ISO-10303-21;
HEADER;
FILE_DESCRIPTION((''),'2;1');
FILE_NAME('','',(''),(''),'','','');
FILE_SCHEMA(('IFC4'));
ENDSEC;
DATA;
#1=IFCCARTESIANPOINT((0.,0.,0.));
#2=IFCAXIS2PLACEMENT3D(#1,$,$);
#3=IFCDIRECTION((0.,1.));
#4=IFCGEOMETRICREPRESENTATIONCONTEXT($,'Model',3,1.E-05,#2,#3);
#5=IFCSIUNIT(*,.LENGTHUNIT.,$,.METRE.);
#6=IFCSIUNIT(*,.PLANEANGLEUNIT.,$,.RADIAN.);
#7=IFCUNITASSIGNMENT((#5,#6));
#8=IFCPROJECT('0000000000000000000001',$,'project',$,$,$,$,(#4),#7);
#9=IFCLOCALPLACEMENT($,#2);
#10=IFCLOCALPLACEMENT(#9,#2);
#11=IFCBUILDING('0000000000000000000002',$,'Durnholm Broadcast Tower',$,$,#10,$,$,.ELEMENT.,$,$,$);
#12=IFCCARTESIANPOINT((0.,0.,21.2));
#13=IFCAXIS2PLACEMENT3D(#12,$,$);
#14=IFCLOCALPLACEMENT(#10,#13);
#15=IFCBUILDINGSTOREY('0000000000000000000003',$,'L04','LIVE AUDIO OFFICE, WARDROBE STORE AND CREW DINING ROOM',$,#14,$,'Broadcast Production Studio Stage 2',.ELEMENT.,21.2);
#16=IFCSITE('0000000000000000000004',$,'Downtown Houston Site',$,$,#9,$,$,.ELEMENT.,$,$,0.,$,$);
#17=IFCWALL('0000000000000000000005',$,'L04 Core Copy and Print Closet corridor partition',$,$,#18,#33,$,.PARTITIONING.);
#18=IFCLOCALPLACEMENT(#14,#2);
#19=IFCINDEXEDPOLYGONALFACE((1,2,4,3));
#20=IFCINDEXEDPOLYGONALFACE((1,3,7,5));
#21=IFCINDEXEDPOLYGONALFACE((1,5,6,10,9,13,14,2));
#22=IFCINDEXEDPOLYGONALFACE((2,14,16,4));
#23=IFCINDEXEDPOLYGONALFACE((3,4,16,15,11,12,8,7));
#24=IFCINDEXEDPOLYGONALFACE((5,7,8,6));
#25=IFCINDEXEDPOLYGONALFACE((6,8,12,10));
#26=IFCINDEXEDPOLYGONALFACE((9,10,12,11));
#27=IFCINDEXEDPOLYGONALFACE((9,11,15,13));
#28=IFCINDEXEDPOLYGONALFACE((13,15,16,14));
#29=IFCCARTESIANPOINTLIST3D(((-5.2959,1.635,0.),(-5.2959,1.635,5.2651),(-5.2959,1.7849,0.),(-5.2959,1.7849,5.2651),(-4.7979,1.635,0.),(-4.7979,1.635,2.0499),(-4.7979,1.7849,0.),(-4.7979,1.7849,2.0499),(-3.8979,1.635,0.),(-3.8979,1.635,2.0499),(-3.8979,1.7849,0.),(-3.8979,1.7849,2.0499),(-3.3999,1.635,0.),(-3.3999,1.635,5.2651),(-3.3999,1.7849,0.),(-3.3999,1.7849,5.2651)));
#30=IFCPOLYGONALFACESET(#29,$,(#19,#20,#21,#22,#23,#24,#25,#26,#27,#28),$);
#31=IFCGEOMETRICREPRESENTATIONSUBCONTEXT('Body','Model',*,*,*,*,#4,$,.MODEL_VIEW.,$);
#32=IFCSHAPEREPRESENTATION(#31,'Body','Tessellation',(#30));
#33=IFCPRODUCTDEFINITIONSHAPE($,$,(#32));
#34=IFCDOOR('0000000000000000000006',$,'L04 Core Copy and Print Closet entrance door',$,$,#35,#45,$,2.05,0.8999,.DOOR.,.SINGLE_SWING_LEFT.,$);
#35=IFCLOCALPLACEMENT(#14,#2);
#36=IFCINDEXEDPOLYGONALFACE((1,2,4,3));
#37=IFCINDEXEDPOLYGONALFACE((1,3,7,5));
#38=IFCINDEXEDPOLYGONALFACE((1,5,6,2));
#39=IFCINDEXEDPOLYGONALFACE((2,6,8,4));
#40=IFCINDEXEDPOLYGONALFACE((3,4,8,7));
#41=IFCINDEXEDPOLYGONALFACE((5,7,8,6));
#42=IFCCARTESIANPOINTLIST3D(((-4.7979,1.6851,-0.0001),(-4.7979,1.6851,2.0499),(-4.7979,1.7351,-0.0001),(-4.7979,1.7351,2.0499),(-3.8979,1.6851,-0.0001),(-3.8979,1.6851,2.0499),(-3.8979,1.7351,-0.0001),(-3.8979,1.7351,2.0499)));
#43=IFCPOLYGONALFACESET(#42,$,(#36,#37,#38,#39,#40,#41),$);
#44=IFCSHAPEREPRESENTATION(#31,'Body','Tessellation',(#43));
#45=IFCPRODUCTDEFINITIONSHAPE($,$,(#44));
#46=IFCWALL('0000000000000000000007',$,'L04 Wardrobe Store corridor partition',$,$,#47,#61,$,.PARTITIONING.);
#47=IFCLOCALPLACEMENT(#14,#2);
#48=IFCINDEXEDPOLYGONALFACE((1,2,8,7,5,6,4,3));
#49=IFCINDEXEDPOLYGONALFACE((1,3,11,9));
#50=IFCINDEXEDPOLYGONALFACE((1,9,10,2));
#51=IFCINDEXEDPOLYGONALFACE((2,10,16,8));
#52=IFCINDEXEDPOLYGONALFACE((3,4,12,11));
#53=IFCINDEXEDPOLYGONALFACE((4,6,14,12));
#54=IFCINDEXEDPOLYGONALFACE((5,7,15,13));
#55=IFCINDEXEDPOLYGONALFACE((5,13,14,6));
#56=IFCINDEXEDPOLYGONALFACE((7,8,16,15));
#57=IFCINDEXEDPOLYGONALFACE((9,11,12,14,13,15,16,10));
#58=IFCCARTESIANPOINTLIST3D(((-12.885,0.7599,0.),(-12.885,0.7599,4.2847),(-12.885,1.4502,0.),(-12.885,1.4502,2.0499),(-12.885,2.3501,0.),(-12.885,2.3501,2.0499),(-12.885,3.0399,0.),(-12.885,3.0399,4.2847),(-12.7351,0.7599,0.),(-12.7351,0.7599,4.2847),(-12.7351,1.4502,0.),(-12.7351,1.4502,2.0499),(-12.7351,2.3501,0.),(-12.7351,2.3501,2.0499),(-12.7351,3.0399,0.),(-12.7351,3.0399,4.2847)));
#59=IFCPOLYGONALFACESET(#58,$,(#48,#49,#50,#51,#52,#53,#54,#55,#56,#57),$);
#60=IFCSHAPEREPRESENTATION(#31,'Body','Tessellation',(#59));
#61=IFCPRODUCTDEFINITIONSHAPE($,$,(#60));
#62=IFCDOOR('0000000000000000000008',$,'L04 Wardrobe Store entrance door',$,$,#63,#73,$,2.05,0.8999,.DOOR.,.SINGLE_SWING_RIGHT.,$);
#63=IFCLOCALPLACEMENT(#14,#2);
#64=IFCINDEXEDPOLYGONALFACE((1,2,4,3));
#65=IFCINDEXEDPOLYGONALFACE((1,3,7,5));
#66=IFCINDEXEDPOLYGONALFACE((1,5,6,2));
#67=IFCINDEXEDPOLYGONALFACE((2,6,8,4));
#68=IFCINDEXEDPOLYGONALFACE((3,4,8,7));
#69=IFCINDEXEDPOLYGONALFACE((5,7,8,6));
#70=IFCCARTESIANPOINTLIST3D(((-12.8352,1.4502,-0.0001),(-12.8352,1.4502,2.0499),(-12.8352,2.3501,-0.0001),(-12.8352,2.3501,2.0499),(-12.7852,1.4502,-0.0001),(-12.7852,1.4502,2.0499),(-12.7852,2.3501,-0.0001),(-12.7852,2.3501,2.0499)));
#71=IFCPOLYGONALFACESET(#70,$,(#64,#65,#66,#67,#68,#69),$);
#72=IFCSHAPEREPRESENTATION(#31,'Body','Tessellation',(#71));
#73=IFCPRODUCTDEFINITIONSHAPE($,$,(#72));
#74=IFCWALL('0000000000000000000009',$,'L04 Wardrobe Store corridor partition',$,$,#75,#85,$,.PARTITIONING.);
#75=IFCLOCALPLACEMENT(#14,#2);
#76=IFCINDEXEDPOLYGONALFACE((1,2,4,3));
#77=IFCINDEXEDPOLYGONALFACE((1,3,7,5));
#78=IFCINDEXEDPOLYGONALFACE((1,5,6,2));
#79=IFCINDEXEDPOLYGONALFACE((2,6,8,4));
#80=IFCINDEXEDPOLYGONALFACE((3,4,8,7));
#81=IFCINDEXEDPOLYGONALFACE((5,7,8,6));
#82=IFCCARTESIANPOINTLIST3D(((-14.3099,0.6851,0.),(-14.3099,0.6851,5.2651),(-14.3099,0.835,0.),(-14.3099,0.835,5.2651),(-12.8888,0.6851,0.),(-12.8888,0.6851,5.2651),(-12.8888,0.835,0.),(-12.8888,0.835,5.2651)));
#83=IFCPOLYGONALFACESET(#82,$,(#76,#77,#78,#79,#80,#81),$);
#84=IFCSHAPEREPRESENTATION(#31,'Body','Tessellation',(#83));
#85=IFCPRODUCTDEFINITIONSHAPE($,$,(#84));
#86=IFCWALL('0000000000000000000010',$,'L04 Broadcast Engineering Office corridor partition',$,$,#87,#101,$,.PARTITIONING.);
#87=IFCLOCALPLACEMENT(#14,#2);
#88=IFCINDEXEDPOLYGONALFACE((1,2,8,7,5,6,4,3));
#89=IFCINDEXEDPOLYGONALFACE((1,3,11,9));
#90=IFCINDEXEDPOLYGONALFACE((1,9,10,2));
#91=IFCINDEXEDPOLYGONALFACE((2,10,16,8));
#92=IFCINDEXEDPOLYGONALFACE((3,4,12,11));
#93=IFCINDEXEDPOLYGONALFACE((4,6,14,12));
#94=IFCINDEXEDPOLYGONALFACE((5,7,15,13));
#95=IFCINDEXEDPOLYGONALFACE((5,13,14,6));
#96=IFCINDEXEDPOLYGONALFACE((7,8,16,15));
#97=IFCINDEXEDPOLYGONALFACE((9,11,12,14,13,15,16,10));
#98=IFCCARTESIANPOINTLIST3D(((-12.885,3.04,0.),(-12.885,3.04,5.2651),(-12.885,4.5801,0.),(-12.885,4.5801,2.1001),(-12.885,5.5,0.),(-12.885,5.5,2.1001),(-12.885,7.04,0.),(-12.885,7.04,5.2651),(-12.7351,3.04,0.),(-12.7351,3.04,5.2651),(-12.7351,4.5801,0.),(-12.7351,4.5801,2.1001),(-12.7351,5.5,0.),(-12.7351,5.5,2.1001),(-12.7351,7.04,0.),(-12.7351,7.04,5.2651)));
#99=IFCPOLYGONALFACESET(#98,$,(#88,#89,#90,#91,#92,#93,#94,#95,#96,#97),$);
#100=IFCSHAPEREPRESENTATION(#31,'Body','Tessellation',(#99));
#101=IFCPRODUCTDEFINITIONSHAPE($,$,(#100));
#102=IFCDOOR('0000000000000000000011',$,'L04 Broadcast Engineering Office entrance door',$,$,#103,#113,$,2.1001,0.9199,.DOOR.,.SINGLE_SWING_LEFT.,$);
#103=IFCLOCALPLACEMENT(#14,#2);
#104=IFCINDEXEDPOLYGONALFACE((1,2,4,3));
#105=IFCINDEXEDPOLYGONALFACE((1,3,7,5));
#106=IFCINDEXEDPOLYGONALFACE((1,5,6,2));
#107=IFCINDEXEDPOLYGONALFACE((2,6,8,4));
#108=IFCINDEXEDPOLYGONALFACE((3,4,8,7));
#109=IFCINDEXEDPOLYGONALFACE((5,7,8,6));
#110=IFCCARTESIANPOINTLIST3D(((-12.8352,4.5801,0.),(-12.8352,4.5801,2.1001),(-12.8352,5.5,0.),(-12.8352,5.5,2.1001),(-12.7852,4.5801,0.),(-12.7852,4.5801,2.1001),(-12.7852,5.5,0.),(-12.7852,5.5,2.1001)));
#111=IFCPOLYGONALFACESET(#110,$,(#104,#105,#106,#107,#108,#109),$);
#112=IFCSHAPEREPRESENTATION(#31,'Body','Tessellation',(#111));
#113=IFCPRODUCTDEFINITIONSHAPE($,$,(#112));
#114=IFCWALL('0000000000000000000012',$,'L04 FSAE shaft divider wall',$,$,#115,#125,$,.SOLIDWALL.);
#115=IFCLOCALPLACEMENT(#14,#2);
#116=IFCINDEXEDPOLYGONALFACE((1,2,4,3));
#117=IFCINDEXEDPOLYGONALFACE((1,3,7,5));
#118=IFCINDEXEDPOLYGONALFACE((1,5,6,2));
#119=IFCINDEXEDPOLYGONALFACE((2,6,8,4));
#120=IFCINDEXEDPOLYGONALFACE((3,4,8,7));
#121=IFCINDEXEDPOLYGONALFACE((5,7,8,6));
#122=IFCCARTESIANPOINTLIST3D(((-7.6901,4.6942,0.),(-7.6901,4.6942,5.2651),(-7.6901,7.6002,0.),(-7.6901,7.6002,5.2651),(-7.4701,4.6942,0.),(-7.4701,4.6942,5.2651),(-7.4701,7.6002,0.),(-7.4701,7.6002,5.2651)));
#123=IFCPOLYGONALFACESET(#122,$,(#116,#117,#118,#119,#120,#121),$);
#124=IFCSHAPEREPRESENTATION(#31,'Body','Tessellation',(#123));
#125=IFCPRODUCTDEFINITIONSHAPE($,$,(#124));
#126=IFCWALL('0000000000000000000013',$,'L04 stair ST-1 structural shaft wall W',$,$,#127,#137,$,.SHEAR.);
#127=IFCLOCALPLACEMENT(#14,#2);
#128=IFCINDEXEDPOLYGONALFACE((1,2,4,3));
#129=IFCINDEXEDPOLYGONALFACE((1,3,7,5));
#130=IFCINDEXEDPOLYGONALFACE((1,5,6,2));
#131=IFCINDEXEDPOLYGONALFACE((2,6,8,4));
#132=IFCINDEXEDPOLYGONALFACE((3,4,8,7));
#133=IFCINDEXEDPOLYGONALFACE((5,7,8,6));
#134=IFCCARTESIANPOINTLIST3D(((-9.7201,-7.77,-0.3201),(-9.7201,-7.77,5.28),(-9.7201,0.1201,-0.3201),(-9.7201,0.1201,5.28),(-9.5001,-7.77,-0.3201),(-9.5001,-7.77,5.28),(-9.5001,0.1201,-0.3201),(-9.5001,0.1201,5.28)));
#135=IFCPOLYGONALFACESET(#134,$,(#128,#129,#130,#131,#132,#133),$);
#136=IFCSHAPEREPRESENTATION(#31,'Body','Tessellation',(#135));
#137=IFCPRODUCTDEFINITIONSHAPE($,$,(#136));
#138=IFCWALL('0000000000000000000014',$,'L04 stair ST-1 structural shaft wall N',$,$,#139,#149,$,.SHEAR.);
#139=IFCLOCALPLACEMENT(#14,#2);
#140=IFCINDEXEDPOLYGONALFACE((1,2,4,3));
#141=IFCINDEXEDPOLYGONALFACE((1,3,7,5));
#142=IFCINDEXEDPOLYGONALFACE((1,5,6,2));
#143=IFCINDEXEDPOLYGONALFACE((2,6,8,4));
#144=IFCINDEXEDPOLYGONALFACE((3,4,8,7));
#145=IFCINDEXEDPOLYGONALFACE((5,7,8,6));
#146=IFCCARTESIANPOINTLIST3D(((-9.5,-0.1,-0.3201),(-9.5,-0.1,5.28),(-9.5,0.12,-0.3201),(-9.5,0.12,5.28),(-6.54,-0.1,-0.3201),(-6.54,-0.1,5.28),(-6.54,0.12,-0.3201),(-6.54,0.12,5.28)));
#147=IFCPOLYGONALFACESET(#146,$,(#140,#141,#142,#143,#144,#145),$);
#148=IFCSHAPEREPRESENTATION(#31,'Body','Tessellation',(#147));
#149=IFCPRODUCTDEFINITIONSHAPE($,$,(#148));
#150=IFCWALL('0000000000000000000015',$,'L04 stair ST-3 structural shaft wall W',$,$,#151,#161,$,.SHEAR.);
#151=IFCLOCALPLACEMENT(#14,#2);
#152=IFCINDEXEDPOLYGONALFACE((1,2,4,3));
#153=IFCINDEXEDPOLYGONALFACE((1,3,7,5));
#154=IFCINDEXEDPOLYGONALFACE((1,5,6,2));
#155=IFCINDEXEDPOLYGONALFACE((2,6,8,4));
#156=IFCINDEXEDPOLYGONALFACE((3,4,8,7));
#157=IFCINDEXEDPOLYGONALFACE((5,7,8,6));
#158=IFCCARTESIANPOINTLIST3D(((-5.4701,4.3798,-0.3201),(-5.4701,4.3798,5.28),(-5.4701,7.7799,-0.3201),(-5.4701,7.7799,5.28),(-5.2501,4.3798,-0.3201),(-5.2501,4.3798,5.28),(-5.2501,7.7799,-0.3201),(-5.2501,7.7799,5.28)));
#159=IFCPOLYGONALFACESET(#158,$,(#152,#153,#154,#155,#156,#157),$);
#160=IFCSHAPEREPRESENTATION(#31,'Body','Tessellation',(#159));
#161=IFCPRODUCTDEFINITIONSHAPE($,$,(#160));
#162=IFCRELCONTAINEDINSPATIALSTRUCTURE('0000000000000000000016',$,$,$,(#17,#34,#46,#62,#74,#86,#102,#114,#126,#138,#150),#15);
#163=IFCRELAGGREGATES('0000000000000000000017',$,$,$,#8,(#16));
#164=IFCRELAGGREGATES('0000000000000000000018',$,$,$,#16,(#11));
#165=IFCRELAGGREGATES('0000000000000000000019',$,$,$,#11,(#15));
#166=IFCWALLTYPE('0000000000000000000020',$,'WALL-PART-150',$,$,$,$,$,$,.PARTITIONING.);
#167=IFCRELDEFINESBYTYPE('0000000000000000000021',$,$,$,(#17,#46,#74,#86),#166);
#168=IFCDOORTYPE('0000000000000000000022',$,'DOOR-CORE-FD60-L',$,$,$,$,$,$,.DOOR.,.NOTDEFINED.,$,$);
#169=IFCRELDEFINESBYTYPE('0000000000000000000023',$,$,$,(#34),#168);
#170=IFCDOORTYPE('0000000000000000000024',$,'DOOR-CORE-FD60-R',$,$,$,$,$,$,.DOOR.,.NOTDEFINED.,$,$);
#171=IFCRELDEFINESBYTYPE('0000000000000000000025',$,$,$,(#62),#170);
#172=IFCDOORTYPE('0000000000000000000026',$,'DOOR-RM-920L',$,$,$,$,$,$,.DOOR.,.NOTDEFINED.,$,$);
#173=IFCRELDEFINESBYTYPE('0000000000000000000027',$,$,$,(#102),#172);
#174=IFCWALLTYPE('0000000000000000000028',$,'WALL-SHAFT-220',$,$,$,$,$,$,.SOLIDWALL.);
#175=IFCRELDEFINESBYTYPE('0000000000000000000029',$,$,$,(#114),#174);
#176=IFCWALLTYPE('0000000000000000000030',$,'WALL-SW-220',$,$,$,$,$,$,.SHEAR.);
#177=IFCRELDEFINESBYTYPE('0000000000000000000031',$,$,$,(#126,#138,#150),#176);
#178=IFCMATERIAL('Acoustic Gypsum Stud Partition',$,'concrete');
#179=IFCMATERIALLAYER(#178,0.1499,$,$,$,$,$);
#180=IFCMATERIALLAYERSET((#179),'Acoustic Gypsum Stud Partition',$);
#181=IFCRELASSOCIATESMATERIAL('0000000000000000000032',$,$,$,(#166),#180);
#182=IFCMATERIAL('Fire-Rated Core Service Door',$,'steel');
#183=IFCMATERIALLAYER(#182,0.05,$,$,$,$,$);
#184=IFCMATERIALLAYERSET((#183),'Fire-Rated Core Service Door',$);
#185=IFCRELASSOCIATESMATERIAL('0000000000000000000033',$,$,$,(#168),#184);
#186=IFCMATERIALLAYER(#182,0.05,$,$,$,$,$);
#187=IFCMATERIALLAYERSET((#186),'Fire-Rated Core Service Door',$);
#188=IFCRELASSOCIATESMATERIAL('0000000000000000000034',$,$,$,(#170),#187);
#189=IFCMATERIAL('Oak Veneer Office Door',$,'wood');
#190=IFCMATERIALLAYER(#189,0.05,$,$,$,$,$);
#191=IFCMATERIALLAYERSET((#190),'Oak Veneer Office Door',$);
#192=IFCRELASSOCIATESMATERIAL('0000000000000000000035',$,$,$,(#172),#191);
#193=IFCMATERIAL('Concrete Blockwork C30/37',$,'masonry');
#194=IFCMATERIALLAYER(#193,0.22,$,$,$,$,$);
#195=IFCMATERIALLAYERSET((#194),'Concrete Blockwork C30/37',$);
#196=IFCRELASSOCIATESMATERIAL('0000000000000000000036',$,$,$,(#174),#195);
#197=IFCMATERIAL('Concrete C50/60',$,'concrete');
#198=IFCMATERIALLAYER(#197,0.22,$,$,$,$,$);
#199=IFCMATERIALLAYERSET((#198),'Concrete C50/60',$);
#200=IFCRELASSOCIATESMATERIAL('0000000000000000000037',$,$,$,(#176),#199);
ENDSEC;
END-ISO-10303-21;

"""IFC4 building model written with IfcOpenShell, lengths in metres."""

from ifc_helpers import new_model, si_unit, direction, frame, frame_2d, origin, place, context, subcontext, project, spatial, rectangle, extrude, source, transform, mapped, material, layer, layer_set, type_object, type_shapes, element, fill, save


model = new_model("IFC4")

# Units and contexts
model_context = context("Model", 3, precision=1e-05, world=origin(), true_north=direction((0.0, 1.0)))
body_context = subcontext(model_context, "Body", "Model", "MODEL_VIEW")
ifc_project = project(units=[si_unit("LENGTHUNIT", "METRE"), si_unit("PLANEANGLEUNIT", "RADIAN")], contexts=[model_context])

# Site, building, storey
site_placement = place(None, origin())
site = spatial("IfcSite", under=ifc_project, at=site_placement, Name="Downtown Houston Site", CompositionType="ELEMENT", RefElevation=0.0)
building_placement = place(site_placement, origin())
building = spatial("IfcBuilding", under=site, at=building_placement, Name="Durnholm Broadcast Tower", CompositionType="ELEMENT")
storey_placement = place(building_placement, frame((0.0, 0.0, 21.2)))
storey = spatial("IfcBuildingStorey", under=building, at=storey_placement, Name="L04", Description="LIVE AUDIO OFFICE, WARDROBE STORE AND CREW DINING ROOM", LongName="Broadcast Production Studio Stage 2", CompositionType="ELEMENT", Elevation=21.2)

# Walls, openings, doors
ifc_material_1 = material(Name="Acoustic Gypsum Stud Partition", Category="concrete")
ifc_layer_1 = layer(ifc_material_1, 0.1499)
ifc_layer_set_1 = layer_set([ifc_layer_1], Name="Acoustic Gypsum Stud Partition")
wall_type_1 = type_object("IfcWallType", Name="WALL-PART-150", PredefinedType="PARTITIONING", material=ifc_layer_set_1)
wall_1_placement = place(storey_placement, frame((-3.3999, 1.71, 0.0), z_axis=(0.0, 0.0, 1.0), x_axis=(-1.0, 0.0, 0.0)))
wall_1 = element("IfcWall", 1, at=wall_1_placement, inside=storey, type_object=wall_type_1, Name="L04 Core Copy and Print Closet corridor partition", PredefinedType="PARTITIONING", context=body_context, shape_type="SweptSolid", body=[
    extrude(rectangle(XDim=1.896, YDim=0.1499, at=frame_2d((0.948, 0.0))), origin(), (0.0, 0.0, 1.0), 5.2651),
])
opening_1_placement = place(wall_1_placement, frame((0.498, 0.0, 0.0)))
opening_1 = element("IfcOpeningElement", 2, at=opening_1_placement, cuts=wall_1, PredefinedType="OPENING", context=body_context, shape_type="SweptSolid", body=[
    extrude(rectangle(XDim=0.8999, YDim=2.05, at=frame_2d((0.45, 1.0249))), frame((0.0, 0.085, 0.0), z_axis=(0.0, -1.0, 0.0), x_axis=(1.0, 0.0, 0.0)), (0.0, 0.0, 1.0), 0.1699),
])
ifc_material_2 = material(Name="Fire-Rated Core Service Door", Category="steel")
ifc_layer_2 = layer(ifc_material_2, 0.05)
ifc_layer_set_2 = layer_set([ifc_layer_2], Name="Fire-Rated Core Service Door")
door_type_1 = type_object("IfcDoorType", Name="DOOR-CORE-FD60-L", OperationType="NOTDEFINED", PredefinedType="DOOR", material=ifc_layer_set_2)
shared_shape_1 = source(origin(), body_context, "Body", "SweptSolid", [
    extrude(rectangle(XDim=0.8999, YDim=2.05, at=frame_2d((0.45, 1.0249))), frame((0.0, 0.0249, 0.0), z_axis=(0.0, -1.0, 0.0), x_axis=(1.0, 0.0, 0.0)), (0.0, 0.0, 1.0), 0.05),
])
type_shapes(door_type_1, [shared_shape_1])
door_1_placement = place(opening_1_placement, origin())
door_1 = element("IfcDoor", 3, at=door_1_placement, inside=storey, type_object=door_type_1, Name="L04 Core Copy and Print Closet entrance door", OperationType="SINGLE_SWING_LEFT", OverallHeight=2.05, OverallWidth=0.8999, PredefinedType="DOOR", context=body_context, shape_type="MappedRepresentation", body=[
    mapped(shared_shape_1, transform((0.0, 0.0, 0.0), x_axis=(1.0, 0.0, 0.0), y_axis=(0.0, 1.0, 0.0), z_axis=(0.0, 0.0, 1.0), scale=1.0)),
])
fill(opening_1, door_1)
wall_2_placement = place(storey_placement, frame((-12.8101, 3.04, 0.0), z_axis=(0.0, 0.0, 1.0), x_axis=(0.0, -1.0, 0.0)))
wall_2 = element("IfcWall", 4, at=wall_2_placement, inside=storey, type_object=wall_type_1, Name="L04 Wardrobe Store corridor partition", PredefinedType="PARTITIONING", context=body_context, shape_type="SweptSolid", body=[
    extrude(rectangle(XDim=2.28, YDim=0.1499, at=frame_2d((1.1401, 0.0))), origin(), (0.0, 0.0, 1.0), 4.2847),
])
opening_2_placement = place(wall_2_placement, frame((0.6899, 0.0, 0.0)))
opening_2 = element("IfcOpeningElement", 5, at=opening_2_placement, cuts=wall_2, PredefinedType="OPENING", context=body_context, shape_type="SweptSolid", body=[
    extrude(rectangle(XDim=0.8999, YDim=2.05, at=frame_2d((0.45, 1.0249))), frame((0.0, 0.085, 0.0), z_axis=(0.0, -1.0, 0.0), x_axis=(1.0, 0.0, 0.0)), (0.0, 0.0, 1.0), 0.1699),
])
ifc_layer_3 = layer(ifc_material_2, 0.05)
ifc_layer_set_3 = layer_set([ifc_layer_3], Name="Fire-Rated Core Service Door")
door_type_2 = type_object("IfcDoorType", Name="DOOR-CORE-FD60-R", OperationType="NOTDEFINED", PredefinedType="DOOR", material=ifc_layer_set_3)
shared_shape_2 = source(origin(), body_context, "Body", "SweptSolid", [
    extrude(rectangle(XDim=0.8999, YDim=2.05, at=frame_2d((0.45, 1.0249))), frame((0.0, 0.0249, 0.0), z_axis=(0.0, -1.0, 0.0), x_axis=(1.0, 0.0, 0.0)), (0.0, 0.0, 1.0), 0.05),
])
type_shapes(door_type_2, [shared_shape_2])
door_2_placement = place(opening_2_placement, origin())
door_2 = element("IfcDoor", 6, at=door_2_placement, inside=storey, type_object=door_type_2, Name="L04 Wardrobe Store entrance door", OperationType="SINGLE_SWING_RIGHT", OverallHeight=2.05, OverallWidth=0.8999, PredefinedType="DOOR", context=body_context, shape_type="MappedRepresentation", body=[
    mapped(shared_shape_2, transform((0.0, 0.0, 0.0), x_axis=(1.0, 0.0, 0.0), y_axis=(0.0, 1.0, 0.0), z_axis=(0.0, 0.0, 1.0), scale=1.0)),
])
fill(opening_2, door_2)

# Wall
wall_3_placement = place(storey_placement, frame((-12.8889, 0.76, 0.0), z_axis=(0.0, 0.0, 1.0), x_axis=(-1.0, 0.0, 0.0)))
element("IfcWall", 7, at=wall_3_placement, inside=storey, type_object=wall_type_1, Name="L04 Wardrobe Store corridor partition", PredefinedType="PARTITIONING", context=body_context, shape_type="SweptSolid", body=[
    extrude(rectangle(XDim=1.4211, YDim=0.1499, at=frame_2d((0.7104, 0.0))), origin(), (0.0, 0.0, 1.0), 5.2651),
])

# Wall, opening, door
wall_4_placement = place(storey_placement, frame((-12.8101, 7.04, 0.0), z_axis=(0.0, 0.0, 1.0), x_axis=(0.0, -1.0, 0.0)))
wall_4 = element("IfcWall", 8, at=wall_4_placement, inside=storey, type_object=wall_type_1, Name="L04 Broadcast Engineering Office corridor partition", PredefinedType="PARTITIONING", context=body_context, shape_type="SweptSolid", body=[
    extrude(rectangle(XDim=4.0, YDim=0.1499, at=frame_2d((2.0, 0.0))), origin(), (0.0, 0.0, 1.0), 5.2651),
])
opening_3_placement = place(wall_4_placement, frame((1.54, 0.0, 0.0)))
opening_3 = element("IfcOpeningElement", 9, at=opening_3_placement, cuts=wall_4, PredefinedType="OPENING", context=body_context, shape_type="SweptSolid", body=[
    extrude(rectangle(XDim=0.9199, YDim=2.1001, at=frame_2d((0.46, 1.05))), frame((0.0, 0.085, 0.0), z_axis=(0.0, -1.0, 0.0), x_axis=(1.0, 0.0, 0.0)), (0.0, 0.0, 1.0), 0.1699),
])
ifc_material_3 = material(Name="Oak Veneer Office Door", Category="wood")
ifc_layer_4 = layer(ifc_material_3, 0.05)
ifc_layer_set_4 = layer_set([ifc_layer_4], Name="Oak Veneer Office Door")
door_type_3 = type_object("IfcDoorType", Name="DOOR-RM-920L", OperationType="NOTDEFINED", PredefinedType="DOOR", material=ifc_layer_set_4)
shared_shape_3 = source(origin(), body_context, "Body", "SweptSolid", [
    extrude(rectangle(XDim=0.9199, YDim=2.1001, at=frame_2d((0.46, 1.05))), frame((0.0, 0.0249, 0.0), z_axis=(0.0, -1.0, 0.0), x_axis=(1.0, 0.0, 0.0)), (0.0, 0.0, 1.0), 0.05),
])
type_shapes(door_type_3, [shared_shape_3])
door_3_placement = place(opening_3_placement, origin())
door_3 = element("IfcDoor", 10, at=door_3_placement, inside=storey, type_object=door_type_3, Name="L04 Broadcast Engineering Office entrance door", OperationType="SINGLE_SWING_LEFT", OverallHeight=2.1001, OverallWidth=0.9199, PredefinedType="DOOR", context=body_context, shape_type="MappedRepresentation", body=[
    mapped(shared_shape_3, transform((0.0, 0.0, 0.0), x_axis=(1.0, 0.0, 0.0), y_axis=(0.0, 1.0, 0.0), z_axis=(0.0, 0.0, 1.0), scale=1.0)),
])
fill(opening_3, door_3)

# Shared definitions
ifc_material_4 = material(Name="Concrete Blockwork C30/37", Category="masonry")
ifc_layer_5 = layer(ifc_material_4, 0.22)
ifc_layer_set_5 = layer_set([ifc_layer_5], Name="Concrete Blockwork C30/37")
wall_type_2 = type_object("IfcWallType", Name="WALL-SHAFT-220", PredefinedType="SOLIDWALL", material=ifc_layer_set_5)

# Walls
wall_5_placement = place(storey_placement, frame((-7.5801, 4.6941, 0.0), z_axis=(0.0, 0.0, 1.0), x_axis=(0.0, 1.0, 0.0)))
element("IfcWall", 11, at=wall_5_placement, inside=storey, type_object=wall_type_2, Name="L04 FSAE shaft divider wall", PredefinedType="SOLIDWALL", context=body_context, shape_type="SweptSolid", body=[
    extrude(rectangle(XDim=2.906, YDim=0.22, at=frame_2d((1.4531, 0.0))), origin(), (0.0, 0.0, 1.0), 5.2651),
])
ifc_material_5 = material(Name="Concrete C50/60", Category="concrete")
ifc_layer_6 = layer(ifc_material_5, 0.22)
ifc_layer_set_6 = layer_set([ifc_layer_6], Name="Concrete C50/60")
wall_type_3 = type_object("IfcWallType", Name="WALL-SW-220", PredefinedType="SHEAR", material=ifc_layer_set_6)
wall_6_placement = place(storey_placement, frame((-9.6101, 0.1201, -0.3201), z_axis=(0.0, 0.0, 1.0), x_axis=(0.0, -1.0, 0.0)))
element("IfcWall", 12, at=wall_6_placement, inside=storey, type_object=wall_type_3, Name="L04 stair ST-1 structural shaft wall W", PredefinedType="SHEAR", context=body_context, shape_type="SweptSolid", body=[
    extrude(rectangle(XDim=7.8901, YDim=0.22, at=frame_2d((3.9451, 0.0))), origin(), (0.0, 0.0, 1.0), 5.6001),
])
wall_7_placement = place(storey_placement, frame((-6.54, 0.01, -0.3201), z_axis=(0.0, 0.0, 1.0), x_axis=(-1.0, 0.0, 0.0)))
element("IfcWall", 13, at=wall_7_placement, inside=storey, type_object=wall_type_3, Name="L04 stair ST-1 structural shaft wall N", PredefinedType="SHEAR", context=body_context, shape_type="SweptSolid", body=[
    extrude(rectangle(XDim=2.96, YDim=0.22, at=frame_2d((1.48, 0.0))), origin(), (0.0, 0.0, 1.0), 5.6001),
])
wall_8_placement = place(storey_placement, frame((-5.3601, 7.78, -0.3201), z_axis=(0.0, 0.0, 1.0), x_axis=(0.0, -1.0, 0.0)))
element("IfcWall", 14, at=wall_8_placement, inside=storey, type_object=wall_type_3, Name="L04 stair ST-3 structural shaft wall W", PredefinedType="SHEAR", context=body_context, shape_type="SweptSolid", body=[
    extrude(rectangle(XDim=3.4001, YDim=0.22, at=frame_2d((1.7002, 0.0))), origin(), (0.0, 0.0, 1.0), 5.6001),
])

save(model, "model.ifc")
